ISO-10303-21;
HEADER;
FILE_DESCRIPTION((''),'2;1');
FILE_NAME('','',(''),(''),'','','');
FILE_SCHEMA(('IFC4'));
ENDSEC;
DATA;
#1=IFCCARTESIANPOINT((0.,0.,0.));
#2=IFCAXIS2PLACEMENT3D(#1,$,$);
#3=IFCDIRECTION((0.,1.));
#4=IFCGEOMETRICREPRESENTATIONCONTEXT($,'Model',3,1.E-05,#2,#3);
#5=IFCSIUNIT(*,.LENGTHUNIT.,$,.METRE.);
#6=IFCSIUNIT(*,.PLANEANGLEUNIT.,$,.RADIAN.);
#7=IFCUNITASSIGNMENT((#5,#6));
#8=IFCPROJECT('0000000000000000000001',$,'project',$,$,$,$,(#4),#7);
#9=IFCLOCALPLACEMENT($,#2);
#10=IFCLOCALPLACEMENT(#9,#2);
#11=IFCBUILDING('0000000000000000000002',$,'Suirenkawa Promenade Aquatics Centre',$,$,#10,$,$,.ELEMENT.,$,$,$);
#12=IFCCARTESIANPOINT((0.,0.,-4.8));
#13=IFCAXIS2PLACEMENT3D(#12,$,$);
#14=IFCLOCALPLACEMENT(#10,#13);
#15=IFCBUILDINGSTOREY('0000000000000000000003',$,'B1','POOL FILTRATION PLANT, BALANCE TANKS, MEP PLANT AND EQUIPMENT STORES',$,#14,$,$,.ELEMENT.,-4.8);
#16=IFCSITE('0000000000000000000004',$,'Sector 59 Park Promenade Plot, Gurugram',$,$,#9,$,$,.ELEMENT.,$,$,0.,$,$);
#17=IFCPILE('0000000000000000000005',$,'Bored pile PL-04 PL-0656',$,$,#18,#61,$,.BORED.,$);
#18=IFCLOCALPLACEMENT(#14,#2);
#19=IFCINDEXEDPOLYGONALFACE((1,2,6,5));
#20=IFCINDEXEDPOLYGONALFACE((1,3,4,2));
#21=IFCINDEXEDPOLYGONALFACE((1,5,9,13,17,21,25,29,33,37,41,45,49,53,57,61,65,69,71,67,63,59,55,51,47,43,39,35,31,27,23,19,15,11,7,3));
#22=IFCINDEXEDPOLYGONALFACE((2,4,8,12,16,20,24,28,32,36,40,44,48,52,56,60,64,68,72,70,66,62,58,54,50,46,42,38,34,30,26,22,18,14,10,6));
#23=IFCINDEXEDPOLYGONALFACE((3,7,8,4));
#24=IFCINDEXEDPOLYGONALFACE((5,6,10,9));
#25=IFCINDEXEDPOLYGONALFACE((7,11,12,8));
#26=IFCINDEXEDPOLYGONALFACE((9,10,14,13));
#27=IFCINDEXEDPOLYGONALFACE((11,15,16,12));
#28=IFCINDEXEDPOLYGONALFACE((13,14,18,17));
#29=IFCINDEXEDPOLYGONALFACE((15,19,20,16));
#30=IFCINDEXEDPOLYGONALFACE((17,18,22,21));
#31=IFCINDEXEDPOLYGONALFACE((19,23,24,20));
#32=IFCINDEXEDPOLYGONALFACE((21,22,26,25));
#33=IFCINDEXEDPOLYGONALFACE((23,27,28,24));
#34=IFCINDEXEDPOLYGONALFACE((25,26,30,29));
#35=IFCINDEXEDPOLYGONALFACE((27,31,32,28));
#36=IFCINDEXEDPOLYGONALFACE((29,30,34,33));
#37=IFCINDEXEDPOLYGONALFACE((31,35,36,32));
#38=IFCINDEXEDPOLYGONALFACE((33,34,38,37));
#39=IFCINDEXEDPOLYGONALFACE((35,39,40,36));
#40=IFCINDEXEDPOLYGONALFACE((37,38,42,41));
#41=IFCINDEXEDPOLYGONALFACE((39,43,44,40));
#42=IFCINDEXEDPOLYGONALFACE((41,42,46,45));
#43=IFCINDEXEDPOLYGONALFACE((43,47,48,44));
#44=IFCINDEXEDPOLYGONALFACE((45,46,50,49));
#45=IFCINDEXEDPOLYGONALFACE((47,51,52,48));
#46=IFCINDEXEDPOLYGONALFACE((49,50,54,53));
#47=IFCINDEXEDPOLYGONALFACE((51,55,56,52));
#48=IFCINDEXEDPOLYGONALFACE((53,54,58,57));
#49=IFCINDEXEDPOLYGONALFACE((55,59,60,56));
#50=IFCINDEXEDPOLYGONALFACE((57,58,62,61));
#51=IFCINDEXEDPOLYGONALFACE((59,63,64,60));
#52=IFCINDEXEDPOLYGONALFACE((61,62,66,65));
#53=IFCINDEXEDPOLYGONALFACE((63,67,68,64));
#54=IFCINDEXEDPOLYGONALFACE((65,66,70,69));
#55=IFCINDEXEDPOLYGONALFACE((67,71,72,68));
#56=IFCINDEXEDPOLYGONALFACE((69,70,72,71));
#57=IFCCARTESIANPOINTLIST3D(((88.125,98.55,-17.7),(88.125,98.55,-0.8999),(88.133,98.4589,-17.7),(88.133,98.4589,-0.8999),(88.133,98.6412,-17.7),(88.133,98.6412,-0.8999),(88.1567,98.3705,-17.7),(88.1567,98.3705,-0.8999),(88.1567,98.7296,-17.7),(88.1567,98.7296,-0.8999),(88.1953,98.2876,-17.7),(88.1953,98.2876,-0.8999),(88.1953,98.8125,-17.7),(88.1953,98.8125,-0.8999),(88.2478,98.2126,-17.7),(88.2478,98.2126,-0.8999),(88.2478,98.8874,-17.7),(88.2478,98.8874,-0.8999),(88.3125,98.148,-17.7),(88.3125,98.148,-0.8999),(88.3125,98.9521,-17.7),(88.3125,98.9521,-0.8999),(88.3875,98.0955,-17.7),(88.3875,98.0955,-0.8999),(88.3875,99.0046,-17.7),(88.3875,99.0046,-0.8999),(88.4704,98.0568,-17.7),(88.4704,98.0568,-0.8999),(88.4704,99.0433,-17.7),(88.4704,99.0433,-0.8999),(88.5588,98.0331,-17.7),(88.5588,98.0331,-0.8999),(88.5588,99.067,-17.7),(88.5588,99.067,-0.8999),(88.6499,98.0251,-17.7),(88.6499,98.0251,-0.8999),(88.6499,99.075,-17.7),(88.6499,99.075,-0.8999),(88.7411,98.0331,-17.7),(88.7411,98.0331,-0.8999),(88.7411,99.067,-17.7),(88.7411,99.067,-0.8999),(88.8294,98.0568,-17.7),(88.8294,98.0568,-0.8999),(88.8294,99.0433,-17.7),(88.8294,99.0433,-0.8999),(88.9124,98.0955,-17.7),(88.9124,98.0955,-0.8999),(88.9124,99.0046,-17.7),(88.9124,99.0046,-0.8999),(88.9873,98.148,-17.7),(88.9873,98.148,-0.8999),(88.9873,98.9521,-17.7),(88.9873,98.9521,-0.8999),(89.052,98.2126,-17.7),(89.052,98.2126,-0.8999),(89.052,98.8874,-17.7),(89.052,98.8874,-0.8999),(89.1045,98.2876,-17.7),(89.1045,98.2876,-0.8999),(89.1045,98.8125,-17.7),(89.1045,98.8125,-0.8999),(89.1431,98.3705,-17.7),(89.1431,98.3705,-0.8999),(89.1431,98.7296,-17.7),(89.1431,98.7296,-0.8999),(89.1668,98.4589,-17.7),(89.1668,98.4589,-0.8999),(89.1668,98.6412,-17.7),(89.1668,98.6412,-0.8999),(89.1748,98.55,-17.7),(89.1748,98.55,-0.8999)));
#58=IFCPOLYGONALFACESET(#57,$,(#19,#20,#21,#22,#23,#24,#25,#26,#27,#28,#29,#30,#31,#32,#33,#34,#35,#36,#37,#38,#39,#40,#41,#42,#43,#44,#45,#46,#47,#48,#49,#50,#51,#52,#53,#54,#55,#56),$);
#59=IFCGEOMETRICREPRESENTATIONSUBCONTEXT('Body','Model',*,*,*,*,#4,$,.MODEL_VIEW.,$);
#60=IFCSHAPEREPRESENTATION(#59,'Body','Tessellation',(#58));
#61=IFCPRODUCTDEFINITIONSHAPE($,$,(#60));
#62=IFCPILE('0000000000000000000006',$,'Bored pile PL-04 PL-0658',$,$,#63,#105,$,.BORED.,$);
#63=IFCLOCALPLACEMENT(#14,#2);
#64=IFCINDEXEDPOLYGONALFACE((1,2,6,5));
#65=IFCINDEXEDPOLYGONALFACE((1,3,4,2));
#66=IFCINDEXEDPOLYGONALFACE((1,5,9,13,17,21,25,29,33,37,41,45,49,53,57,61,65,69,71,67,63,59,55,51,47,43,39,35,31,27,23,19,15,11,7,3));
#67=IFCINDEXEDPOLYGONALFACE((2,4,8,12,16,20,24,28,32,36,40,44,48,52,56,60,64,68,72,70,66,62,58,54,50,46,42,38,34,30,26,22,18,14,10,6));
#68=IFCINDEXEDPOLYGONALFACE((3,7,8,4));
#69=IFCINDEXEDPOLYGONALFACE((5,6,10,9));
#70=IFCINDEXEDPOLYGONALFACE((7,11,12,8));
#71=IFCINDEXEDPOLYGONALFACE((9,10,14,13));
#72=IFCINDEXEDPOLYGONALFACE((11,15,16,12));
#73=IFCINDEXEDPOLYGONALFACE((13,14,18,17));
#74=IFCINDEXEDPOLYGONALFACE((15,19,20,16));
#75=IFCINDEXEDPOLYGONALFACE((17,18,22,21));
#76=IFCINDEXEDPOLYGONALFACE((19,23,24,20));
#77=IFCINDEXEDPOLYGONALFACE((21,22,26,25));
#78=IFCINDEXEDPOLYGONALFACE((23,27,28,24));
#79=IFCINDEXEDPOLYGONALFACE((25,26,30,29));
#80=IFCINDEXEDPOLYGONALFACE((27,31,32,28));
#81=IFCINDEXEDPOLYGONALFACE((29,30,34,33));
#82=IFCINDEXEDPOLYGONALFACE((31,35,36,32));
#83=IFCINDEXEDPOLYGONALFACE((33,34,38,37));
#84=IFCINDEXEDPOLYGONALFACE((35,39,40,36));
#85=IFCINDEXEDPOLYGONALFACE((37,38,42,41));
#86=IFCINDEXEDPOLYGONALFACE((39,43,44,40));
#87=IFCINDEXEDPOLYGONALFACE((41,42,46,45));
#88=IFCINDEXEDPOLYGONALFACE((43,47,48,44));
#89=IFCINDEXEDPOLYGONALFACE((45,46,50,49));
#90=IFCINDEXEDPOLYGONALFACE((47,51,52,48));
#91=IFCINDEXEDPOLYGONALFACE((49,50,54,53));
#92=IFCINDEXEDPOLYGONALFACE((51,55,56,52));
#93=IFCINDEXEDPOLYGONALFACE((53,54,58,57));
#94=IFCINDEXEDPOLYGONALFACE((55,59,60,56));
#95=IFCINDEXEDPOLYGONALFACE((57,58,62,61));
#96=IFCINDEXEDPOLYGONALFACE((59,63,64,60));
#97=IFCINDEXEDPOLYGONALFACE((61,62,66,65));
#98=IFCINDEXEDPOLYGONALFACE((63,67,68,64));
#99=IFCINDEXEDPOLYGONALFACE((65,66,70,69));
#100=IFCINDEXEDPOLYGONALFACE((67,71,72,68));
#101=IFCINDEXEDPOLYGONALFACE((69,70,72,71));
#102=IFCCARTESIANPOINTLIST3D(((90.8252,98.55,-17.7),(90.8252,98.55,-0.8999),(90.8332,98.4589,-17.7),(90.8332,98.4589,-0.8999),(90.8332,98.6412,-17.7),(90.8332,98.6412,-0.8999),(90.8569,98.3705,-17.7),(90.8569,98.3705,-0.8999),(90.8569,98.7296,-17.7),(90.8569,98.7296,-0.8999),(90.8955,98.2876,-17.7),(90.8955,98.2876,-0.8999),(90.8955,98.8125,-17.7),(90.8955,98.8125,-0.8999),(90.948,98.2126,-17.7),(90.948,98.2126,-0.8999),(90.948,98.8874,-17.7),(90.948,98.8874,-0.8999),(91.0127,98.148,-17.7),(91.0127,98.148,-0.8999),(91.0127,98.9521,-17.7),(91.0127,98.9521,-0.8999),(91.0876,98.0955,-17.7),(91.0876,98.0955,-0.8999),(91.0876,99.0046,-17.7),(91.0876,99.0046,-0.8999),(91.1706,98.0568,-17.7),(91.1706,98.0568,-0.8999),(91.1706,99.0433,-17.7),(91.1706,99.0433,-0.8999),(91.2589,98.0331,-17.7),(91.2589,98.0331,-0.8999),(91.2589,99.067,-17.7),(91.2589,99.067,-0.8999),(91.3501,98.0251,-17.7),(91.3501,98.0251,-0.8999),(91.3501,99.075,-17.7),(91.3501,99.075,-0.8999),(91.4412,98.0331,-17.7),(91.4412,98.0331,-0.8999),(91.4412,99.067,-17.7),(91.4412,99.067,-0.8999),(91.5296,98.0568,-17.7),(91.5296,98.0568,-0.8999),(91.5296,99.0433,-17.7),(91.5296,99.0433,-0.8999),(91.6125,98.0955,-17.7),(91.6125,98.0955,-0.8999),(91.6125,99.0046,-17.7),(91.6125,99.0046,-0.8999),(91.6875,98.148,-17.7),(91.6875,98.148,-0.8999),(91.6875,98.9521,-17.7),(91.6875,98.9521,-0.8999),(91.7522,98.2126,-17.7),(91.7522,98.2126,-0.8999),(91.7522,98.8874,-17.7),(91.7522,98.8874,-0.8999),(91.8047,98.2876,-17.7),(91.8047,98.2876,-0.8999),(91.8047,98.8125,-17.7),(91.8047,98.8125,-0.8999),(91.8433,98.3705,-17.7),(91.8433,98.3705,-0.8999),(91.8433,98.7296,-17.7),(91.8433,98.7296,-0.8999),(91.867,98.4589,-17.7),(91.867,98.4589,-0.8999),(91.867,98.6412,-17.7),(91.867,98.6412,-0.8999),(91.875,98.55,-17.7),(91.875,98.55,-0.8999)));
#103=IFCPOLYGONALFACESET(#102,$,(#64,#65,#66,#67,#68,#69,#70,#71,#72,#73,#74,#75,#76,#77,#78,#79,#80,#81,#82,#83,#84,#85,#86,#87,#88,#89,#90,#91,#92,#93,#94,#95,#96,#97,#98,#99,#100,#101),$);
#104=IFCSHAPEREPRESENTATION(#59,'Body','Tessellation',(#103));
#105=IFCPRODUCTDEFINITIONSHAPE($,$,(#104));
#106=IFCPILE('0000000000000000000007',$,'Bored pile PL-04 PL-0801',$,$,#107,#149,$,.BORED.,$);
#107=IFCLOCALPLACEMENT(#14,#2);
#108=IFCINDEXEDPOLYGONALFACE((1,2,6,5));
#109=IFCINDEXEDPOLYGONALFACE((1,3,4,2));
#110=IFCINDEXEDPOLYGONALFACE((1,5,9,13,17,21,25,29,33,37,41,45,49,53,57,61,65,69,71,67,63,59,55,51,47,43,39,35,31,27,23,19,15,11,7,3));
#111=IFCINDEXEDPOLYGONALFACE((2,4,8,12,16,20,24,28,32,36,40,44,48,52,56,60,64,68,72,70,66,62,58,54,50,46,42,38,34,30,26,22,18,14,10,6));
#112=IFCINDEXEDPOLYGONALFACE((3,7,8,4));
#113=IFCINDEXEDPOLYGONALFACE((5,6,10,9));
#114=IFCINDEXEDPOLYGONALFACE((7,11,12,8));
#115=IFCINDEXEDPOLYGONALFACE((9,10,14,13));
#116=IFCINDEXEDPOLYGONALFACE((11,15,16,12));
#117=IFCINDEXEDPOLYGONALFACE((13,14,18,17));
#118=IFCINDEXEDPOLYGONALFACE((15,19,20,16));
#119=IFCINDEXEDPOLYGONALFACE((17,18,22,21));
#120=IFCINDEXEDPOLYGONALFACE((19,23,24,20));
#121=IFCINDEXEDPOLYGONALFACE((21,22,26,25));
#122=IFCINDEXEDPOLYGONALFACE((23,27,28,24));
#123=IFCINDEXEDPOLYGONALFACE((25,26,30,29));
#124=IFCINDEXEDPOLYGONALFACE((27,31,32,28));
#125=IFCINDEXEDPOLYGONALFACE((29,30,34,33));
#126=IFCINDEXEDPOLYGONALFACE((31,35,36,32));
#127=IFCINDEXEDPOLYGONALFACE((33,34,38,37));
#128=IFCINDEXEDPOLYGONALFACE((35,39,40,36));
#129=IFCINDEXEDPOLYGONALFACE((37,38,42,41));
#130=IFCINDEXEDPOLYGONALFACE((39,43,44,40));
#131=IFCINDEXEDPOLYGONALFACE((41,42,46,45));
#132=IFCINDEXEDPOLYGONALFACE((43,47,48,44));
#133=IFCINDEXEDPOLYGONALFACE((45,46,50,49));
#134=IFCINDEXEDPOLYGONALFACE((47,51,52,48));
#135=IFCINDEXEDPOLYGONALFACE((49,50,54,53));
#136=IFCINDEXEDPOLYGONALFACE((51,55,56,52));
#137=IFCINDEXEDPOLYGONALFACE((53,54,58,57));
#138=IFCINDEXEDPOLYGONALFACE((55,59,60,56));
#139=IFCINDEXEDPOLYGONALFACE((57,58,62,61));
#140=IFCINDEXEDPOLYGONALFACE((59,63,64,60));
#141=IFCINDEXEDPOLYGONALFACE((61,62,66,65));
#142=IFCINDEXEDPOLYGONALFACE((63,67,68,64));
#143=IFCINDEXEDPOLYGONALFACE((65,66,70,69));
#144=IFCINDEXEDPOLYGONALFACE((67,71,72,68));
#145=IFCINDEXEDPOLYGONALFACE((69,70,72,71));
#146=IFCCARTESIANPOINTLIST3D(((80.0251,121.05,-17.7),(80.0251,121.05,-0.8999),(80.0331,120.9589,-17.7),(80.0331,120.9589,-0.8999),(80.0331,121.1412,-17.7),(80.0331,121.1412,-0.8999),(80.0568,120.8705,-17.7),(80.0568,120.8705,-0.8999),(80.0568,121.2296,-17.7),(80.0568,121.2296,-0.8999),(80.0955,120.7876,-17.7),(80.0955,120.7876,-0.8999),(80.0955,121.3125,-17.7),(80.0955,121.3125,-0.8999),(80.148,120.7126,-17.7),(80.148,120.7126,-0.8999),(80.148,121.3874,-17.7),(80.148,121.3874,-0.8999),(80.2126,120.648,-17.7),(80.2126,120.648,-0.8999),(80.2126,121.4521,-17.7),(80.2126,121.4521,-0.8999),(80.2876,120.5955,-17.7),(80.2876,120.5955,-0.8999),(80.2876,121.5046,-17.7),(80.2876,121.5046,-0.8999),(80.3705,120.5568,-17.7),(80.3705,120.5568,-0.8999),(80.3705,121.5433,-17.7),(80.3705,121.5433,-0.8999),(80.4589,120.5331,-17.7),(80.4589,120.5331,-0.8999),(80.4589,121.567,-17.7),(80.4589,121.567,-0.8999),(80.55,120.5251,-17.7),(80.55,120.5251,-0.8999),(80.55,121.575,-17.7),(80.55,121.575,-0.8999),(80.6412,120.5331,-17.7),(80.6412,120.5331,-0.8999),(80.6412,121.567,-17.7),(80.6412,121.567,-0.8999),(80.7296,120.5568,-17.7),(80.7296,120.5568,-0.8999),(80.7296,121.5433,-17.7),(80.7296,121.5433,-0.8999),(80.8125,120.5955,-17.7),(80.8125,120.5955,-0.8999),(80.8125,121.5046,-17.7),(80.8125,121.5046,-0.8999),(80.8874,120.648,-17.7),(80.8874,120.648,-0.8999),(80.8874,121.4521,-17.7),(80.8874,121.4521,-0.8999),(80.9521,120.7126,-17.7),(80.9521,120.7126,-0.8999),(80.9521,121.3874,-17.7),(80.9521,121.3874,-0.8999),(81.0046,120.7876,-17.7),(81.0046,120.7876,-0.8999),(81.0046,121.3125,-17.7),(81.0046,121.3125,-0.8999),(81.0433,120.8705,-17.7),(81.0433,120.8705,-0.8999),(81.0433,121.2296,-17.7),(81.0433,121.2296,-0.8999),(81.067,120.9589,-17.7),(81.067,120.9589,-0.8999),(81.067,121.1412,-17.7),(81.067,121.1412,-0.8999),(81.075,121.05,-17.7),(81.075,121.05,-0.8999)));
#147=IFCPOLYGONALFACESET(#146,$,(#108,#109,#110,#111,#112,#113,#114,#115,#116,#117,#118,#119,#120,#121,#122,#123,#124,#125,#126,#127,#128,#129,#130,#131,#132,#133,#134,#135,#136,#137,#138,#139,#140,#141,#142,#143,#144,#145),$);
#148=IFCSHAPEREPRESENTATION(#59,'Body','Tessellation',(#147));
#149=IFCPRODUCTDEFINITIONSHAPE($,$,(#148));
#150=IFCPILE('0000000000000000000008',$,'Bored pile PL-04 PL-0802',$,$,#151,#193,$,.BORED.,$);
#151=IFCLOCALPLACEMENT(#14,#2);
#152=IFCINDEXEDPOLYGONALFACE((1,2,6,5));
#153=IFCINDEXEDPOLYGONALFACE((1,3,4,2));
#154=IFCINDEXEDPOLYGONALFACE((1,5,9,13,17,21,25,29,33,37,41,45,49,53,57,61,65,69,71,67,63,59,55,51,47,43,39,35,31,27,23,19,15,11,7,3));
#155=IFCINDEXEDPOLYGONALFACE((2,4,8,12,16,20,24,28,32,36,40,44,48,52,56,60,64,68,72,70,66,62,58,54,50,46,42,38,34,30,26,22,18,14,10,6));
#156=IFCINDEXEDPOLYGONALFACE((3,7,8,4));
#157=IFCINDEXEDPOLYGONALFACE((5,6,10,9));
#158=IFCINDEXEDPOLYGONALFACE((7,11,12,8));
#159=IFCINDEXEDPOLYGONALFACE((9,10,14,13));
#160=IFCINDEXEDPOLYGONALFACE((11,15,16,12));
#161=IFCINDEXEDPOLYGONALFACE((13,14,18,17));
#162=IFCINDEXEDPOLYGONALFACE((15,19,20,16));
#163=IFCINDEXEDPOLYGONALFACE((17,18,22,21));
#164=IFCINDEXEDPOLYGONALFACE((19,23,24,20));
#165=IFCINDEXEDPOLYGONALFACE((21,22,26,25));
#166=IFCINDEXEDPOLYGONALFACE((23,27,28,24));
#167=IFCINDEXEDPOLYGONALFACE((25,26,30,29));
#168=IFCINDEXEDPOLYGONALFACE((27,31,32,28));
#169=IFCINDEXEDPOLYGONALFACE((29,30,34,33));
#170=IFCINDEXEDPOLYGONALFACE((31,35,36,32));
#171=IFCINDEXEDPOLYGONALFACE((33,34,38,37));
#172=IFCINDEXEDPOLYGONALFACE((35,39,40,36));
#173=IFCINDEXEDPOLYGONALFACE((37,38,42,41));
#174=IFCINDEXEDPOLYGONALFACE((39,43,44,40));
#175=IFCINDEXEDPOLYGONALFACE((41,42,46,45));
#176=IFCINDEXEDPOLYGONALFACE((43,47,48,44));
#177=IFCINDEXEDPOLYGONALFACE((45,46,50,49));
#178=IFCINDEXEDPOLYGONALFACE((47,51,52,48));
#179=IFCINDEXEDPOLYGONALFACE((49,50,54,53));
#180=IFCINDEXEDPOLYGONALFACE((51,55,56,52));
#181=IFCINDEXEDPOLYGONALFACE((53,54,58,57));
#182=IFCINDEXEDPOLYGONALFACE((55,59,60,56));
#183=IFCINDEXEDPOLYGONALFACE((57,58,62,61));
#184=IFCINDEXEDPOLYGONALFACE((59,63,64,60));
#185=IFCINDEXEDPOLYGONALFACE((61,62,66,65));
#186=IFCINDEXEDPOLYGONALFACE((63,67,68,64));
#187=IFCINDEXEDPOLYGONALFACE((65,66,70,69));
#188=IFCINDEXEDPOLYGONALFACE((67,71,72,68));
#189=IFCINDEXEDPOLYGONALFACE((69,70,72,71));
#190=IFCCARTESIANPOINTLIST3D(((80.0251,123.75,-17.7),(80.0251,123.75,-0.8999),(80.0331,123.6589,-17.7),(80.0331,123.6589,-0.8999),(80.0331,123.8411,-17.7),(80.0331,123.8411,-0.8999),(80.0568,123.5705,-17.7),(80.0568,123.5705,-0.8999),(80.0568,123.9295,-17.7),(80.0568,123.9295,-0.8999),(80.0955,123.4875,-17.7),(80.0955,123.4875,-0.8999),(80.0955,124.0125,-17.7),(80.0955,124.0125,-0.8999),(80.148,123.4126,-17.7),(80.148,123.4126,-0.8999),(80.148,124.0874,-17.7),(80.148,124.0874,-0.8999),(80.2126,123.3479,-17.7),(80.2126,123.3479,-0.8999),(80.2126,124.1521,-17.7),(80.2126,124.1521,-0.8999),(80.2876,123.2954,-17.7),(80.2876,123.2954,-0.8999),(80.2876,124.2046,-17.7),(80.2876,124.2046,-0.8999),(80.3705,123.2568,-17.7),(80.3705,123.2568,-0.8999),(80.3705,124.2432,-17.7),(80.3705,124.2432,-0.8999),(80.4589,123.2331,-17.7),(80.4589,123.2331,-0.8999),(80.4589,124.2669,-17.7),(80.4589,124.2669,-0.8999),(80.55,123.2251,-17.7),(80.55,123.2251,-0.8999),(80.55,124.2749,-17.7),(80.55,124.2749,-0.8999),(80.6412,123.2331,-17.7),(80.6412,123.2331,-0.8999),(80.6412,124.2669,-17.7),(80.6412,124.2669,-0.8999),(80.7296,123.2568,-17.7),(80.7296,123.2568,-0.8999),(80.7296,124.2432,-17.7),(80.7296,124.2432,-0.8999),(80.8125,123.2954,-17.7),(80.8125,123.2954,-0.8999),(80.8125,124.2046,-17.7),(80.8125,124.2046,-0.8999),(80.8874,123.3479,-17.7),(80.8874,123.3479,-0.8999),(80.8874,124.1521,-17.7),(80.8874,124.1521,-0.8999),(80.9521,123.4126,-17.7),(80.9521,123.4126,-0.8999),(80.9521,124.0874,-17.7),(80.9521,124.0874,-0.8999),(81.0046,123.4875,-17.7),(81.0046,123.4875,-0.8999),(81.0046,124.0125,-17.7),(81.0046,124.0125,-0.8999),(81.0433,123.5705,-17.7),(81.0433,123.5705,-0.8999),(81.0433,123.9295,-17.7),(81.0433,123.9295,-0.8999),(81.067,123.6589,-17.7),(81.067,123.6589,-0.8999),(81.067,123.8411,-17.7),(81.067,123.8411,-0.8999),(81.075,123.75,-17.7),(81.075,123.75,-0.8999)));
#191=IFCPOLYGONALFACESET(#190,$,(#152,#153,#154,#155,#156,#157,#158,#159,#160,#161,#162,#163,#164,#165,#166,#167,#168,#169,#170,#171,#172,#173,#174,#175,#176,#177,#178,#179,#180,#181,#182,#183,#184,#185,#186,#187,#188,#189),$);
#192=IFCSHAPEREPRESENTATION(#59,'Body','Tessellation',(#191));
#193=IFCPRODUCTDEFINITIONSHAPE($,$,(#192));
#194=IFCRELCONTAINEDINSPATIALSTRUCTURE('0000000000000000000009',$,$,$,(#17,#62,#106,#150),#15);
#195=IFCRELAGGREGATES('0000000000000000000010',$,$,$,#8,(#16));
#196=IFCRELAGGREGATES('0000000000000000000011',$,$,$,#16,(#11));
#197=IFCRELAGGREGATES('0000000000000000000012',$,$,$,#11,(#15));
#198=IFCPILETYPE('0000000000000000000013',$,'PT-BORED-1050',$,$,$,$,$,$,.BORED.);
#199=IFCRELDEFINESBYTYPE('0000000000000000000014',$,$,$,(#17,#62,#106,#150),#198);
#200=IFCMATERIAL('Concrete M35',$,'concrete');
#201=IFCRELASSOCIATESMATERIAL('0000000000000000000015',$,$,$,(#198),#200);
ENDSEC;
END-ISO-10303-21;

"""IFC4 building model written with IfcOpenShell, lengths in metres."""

from ifc_helpers import new_model, si_unit, direction, frame, origin, origin_2d, place, context, subcontext, project, spatial, circle, extrude, material, material_profile, profile_set, type_object, element, save


model = new_model("IFC4")

# Units and contexts
model_context = context("Model", 3, precision=1e-05, world=origin(), true_north=direction((0.0, 1.0)))
body_context = subcontext(model_context, "Body", "Model", "MODEL_VIEW")
ifc_project = project(units=[si_unit("LENGTHUNIT", "METRE"), si_unit("PLANEANGLEUNIT", "RADIAN")], contexts=[model_context])

# Site, building, storey
site_placement = place(None, origin())
site = spatial("IfcSite", under=ifc_project, at=site_placement, Name="Sector 59 Park Promenade Plot, Gurugram", CompositionType="ELEMENT", RefElevation=0.0)
building_placement = place(site_placement, origin())
building = spatial("IfcBuilding", under=site, at=building_placement, Name="Suirenkawa Promenade Aquatics Centre", CompositionType="ELEMENT")
storey_placement = place(building_placement, frame((0.0, 0.0, -4.8)))
storey = spatial("IfcBuildingStorey", under=building, at=storey_placement, Name="B1", Description="POOL FILTRATION PLANT, BALANCE TANKS, MEP PLANT AND EQUIPMENT STORES", CompositionType="ELEMENT", Elevation=-4.8)

# Shared definitions
ifc_material_1 = material(Name="Concrete M35", Category="concrete")

# Piles
ifc_material_profile_1 = material_profile(ifc_material_1, circle(Radius=0.5249, at=origin_2d()), Name="PILE D1050", Category="concrete")
ifc_profile_set_1 = profile_set([ifc_material_profile_1], Name="Concrete M35")
pile_type_1 = type_object("IfcPileType", Name="PT-BORED-1050", PredefinedType="BORED", material=ifc_profile_set_1)
for number, where, z_axis, x_axis, name in (
    (1, (88.6499, 98.55, -0.8999), (0.0, 0.0, -1.0), (1.0, 0.0, 0.0), "Bored pile PL-04 PL-0656"),
    (2, (91.3501, 98.55, -0.8999), (0.0, 0.0, -1.0), (1.0, 0.0, 0.0), "Bored pile PL-04 PL-0658"),
    (3, (80.55, 121.05, -0.8999), (0.0, 0.0, -1.0), (1.0, 0.0, 0.0), "Bored pile PL-04 PL-0801"),
    (4, (80.55, 123.75, -0.8999), (0.0, 0.0, -1.0), (1.0, 0.0, 0.0), "Bored pile PL-04 PL-0802"),
):
    element("IfcPile", number, at=place(storey_placement, frame(where, z_axis=z_axis, x_axis=x_axis)), inside=storey, type_object=pile_type_1, Name=name, PredefinedType="BORED", context=body_context, shape_type="SweptSolid", body=[
        extrude(circle(Radius=0.5249, at=origin_2d()), origin(), (0.0, 0.0, 1.0), 16.8),
    ])

save(model, "model.ifc")
